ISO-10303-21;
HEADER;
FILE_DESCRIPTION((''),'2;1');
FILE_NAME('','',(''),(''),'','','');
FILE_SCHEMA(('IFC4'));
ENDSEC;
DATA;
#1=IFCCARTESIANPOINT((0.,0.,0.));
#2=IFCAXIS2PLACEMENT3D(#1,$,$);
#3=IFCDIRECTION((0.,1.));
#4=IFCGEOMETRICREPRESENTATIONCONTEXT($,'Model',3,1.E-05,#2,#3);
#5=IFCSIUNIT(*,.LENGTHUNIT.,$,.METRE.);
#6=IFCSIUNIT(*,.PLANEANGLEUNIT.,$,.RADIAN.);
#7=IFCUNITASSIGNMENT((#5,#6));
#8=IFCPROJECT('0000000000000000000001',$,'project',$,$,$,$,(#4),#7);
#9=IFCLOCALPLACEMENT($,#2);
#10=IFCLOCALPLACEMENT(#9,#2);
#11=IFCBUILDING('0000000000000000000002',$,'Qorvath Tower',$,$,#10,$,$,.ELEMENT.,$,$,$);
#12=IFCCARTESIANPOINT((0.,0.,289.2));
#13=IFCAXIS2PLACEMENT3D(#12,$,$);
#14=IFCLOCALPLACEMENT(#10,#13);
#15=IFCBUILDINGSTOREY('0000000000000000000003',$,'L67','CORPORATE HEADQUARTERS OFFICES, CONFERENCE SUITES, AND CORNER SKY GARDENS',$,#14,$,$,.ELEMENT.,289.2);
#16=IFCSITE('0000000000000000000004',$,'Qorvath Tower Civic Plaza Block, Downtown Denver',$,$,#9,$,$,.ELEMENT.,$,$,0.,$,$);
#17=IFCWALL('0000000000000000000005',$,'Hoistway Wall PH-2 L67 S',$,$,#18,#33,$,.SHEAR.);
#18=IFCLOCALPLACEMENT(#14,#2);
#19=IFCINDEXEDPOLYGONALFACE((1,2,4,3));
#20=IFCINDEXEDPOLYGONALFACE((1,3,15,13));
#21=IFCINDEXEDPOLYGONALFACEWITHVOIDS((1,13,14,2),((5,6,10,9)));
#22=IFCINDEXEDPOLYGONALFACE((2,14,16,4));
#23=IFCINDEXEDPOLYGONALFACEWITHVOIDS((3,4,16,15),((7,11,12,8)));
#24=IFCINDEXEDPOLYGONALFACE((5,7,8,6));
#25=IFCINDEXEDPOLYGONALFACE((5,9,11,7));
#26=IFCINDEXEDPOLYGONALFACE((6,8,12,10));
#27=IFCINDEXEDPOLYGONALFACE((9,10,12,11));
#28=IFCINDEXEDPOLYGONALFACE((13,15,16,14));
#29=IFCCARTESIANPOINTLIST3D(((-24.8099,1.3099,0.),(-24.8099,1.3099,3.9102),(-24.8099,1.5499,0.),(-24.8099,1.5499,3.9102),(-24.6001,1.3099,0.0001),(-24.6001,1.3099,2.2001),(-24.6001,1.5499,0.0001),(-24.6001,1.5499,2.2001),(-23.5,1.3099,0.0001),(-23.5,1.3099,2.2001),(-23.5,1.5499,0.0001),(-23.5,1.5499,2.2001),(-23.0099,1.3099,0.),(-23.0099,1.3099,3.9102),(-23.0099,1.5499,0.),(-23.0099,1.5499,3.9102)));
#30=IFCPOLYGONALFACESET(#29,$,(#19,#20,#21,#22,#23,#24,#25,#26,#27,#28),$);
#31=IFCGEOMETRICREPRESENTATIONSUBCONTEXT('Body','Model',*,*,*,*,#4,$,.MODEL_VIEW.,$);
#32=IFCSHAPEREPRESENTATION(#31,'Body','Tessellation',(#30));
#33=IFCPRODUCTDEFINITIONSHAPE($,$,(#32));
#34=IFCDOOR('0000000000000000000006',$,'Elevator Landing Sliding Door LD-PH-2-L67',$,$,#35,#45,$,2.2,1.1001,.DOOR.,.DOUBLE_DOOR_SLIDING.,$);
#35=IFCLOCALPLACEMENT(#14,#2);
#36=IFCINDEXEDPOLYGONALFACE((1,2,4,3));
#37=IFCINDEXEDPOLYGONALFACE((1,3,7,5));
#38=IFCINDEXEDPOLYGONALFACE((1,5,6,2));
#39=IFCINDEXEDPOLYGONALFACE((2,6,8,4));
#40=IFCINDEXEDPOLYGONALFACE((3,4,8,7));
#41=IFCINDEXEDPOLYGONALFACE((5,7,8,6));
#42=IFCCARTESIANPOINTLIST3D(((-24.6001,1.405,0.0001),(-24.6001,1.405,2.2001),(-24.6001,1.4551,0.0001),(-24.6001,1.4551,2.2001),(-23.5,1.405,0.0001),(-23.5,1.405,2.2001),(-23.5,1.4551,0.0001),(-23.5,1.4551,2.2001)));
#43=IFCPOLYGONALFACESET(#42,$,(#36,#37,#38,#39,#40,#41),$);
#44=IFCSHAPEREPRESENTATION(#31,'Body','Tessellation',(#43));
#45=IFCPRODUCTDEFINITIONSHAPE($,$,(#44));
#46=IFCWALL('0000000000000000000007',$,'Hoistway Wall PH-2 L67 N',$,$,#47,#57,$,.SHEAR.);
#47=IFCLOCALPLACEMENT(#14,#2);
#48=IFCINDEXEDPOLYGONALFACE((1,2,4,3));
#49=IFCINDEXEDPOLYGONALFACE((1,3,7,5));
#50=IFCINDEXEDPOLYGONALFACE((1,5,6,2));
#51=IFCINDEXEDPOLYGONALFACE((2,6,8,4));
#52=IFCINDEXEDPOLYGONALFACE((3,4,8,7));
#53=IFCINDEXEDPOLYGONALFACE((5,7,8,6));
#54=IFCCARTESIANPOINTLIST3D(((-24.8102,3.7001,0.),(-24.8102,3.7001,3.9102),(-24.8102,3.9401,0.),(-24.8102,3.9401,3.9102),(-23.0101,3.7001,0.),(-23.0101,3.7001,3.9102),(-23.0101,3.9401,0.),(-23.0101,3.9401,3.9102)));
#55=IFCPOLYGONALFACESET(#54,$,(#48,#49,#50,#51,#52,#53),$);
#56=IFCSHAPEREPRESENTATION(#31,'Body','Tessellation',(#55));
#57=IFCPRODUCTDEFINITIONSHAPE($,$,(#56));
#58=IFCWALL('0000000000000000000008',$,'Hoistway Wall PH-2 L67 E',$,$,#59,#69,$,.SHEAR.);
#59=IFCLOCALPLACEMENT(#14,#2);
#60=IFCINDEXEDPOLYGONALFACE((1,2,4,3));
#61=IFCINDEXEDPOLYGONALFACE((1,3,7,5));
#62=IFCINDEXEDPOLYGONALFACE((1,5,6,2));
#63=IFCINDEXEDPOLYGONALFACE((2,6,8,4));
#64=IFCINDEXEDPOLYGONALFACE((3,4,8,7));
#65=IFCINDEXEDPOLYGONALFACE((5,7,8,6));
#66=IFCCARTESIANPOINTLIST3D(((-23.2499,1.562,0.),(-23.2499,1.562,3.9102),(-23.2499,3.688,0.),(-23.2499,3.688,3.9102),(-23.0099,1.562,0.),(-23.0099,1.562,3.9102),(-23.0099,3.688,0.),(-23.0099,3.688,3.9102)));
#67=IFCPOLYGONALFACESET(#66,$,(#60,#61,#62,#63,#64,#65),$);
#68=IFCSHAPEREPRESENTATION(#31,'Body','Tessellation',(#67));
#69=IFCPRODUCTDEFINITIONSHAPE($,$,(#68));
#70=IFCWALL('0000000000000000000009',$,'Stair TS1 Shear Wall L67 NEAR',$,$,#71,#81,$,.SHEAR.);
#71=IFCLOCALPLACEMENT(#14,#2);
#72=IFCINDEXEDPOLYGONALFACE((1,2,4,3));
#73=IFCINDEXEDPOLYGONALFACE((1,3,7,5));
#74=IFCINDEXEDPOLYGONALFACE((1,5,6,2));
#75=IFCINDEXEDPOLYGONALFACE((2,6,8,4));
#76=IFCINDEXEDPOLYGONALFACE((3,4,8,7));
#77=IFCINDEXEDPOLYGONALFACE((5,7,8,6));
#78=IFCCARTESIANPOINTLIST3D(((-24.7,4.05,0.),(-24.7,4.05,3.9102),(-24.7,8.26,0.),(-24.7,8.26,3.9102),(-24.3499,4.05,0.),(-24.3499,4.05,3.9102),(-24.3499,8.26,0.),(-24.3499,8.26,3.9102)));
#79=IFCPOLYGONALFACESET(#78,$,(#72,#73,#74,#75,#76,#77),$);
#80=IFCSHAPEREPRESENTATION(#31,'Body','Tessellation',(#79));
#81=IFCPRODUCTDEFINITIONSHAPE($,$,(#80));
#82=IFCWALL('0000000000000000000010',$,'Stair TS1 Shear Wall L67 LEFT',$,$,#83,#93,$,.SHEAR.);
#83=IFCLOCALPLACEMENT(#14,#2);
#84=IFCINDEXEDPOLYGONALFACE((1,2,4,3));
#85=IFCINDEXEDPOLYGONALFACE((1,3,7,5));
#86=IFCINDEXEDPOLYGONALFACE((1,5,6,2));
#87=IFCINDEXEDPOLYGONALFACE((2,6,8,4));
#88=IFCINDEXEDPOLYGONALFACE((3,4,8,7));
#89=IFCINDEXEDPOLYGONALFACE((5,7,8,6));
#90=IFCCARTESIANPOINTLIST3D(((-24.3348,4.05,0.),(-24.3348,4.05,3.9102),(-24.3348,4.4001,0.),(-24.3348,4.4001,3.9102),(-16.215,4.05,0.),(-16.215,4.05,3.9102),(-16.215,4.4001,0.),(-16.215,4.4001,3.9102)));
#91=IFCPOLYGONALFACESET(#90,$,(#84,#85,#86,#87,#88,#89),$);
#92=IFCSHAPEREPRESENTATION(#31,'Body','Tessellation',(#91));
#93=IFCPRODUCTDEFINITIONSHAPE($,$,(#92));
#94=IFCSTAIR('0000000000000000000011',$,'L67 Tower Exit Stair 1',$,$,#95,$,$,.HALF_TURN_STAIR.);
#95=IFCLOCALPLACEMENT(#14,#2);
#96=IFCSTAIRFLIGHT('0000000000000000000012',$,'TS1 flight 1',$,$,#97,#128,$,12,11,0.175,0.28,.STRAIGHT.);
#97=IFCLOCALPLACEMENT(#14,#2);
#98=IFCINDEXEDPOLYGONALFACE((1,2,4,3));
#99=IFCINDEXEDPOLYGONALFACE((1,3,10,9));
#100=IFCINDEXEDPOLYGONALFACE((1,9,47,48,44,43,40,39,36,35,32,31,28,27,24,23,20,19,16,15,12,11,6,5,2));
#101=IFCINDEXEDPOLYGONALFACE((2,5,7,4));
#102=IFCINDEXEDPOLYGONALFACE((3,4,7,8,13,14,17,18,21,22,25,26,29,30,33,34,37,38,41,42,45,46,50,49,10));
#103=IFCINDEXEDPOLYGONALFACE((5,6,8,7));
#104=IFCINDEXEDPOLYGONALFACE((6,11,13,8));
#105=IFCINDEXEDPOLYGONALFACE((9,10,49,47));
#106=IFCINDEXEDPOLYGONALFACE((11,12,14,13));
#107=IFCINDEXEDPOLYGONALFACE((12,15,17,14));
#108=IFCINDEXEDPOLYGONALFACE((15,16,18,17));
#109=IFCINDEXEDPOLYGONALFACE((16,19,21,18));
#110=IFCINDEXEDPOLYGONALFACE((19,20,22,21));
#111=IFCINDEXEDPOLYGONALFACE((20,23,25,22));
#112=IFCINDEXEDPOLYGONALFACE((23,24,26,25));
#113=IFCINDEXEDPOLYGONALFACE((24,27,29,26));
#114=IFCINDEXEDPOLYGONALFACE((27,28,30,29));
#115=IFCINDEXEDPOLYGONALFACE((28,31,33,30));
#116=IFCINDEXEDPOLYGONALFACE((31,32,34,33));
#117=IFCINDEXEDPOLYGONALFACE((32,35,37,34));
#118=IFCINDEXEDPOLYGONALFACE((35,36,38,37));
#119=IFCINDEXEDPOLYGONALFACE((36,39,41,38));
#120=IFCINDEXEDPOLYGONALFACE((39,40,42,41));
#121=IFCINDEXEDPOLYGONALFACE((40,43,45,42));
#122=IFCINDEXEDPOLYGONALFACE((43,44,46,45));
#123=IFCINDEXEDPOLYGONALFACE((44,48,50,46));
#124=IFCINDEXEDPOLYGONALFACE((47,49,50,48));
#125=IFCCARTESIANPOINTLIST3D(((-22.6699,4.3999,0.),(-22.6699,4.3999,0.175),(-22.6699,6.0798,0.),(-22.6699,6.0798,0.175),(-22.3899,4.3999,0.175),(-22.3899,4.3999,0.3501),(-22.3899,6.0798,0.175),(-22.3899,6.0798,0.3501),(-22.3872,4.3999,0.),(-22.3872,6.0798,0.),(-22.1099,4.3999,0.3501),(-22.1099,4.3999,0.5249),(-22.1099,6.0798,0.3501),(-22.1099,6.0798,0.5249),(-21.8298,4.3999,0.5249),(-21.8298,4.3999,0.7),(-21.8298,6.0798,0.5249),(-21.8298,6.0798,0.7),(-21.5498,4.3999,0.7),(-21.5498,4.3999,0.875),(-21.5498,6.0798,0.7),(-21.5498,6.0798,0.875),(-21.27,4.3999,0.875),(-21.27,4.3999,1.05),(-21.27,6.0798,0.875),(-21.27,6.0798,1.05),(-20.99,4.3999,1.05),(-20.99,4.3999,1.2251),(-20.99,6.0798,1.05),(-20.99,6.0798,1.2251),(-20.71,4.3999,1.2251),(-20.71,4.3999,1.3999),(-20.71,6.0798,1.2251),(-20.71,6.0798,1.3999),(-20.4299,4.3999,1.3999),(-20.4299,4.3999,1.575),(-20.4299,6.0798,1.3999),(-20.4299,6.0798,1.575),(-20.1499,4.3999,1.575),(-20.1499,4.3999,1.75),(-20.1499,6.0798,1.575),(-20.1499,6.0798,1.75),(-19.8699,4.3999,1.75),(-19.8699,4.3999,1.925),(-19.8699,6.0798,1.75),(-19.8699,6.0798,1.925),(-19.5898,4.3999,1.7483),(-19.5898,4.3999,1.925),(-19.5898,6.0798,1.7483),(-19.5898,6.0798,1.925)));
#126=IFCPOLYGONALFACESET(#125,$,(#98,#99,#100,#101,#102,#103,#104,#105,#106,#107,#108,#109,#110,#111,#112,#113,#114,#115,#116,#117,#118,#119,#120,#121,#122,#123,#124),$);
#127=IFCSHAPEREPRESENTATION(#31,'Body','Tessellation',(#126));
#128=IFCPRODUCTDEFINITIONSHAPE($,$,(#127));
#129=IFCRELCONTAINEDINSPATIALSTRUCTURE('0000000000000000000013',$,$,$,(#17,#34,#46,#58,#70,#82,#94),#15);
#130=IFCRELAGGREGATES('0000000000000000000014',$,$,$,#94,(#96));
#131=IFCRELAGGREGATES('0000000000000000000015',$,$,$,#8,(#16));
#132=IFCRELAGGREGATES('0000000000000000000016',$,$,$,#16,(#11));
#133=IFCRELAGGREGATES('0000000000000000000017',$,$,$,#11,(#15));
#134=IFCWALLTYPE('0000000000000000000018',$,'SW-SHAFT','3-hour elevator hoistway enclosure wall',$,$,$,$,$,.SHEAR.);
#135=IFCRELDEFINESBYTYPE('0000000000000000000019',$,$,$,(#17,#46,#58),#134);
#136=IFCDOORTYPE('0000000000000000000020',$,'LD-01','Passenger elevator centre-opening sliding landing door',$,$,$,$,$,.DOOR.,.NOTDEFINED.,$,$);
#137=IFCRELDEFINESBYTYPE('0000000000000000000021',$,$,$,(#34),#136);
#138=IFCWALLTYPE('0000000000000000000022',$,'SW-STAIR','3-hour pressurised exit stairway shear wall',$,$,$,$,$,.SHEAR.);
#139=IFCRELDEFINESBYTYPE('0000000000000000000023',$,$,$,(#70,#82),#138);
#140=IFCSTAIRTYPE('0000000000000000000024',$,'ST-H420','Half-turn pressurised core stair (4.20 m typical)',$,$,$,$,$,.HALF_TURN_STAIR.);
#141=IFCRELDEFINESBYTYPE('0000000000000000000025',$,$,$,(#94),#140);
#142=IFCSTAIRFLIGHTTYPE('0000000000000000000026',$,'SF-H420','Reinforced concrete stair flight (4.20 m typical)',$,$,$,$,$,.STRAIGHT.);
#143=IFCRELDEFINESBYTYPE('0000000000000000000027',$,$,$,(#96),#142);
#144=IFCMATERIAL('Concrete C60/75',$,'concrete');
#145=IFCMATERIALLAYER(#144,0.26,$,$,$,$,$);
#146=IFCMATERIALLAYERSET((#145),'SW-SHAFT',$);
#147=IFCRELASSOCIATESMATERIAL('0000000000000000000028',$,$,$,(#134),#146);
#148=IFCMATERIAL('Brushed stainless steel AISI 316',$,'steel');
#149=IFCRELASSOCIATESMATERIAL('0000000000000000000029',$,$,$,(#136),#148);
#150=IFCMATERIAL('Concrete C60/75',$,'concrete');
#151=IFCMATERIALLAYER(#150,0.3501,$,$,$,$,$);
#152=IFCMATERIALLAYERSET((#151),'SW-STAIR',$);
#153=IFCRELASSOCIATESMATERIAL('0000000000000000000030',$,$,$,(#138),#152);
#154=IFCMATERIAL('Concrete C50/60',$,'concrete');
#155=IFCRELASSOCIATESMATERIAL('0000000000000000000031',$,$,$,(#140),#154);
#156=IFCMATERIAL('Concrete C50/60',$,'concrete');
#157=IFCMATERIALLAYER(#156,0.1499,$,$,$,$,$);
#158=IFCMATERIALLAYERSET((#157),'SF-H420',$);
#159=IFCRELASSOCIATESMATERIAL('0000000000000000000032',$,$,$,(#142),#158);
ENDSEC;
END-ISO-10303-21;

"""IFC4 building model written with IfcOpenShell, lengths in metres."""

from ifc_helpers import new_model, si_unit, direction, frame, frame_2d, origin, place, context, subcontext, project, spatial, polyline, rectangle, outline, extrude, material, layer, layer_set, type_object, element, fill, aggregate, save


model = new_model("IFC4")

# Units and contexts
model_context = context("Model", 3, precision=1e-05, world=origin(), true_north=direction((0.0, 1.0)))
body_context = subcontext(model_context, "Body", "Model", "MODEL_VIEW")
ifc_project = project(units=[si_unit("LENGTHUNIT", "METRE"), si_unit("PLANEANGLEUNIT", "RADIAN")], contexts=[model_context])

# Site, building, storey
site_placement = place(None, origin())
site = spatial("IfcSite", under=ifc_project, at=site_placement, Name="Qorvath Tower Civic Plaza Block, Downtown Denver", CompositionType="ELEMENT", RefElevation=0.0)
building_placement = place(site_placement, origin())
building = spatial("IfcBuilding", under=site, at=building_placement, Name="Qorvath Tower", CompositionType="ELEMENT")
storey_placement = place(building_placement, frame((0.0, 0.0, 289.2)))
storey = spatial("IfcBuildingStorey", under=building, at=storey_placement, Name="L67", Description="CORPORATE HEADQUARTERS OFFICES, CONFERENCE SUITES, AND CORNER SKY GARDENS", CompositionType="ELEMENT", Elevation=289.2)

# Shared definitions
ifc_material_1 = material(Name="Concrete C60/75", Category="concrete")
ifc_layer_1 = layer(ifc_material_1, 0.26)
ifc_layer_set_1 = layer_set([ifc_layer_1], Name="SW-SHAFT")
wall_type_1 = type_object("IfcWallType", Name="SW-SHAFT", Description="3-hour elevator hoistway enclosure wall", PredefinedType="SHEAR", material=ifc_layer_set_1)

# Shared definitions
ifc_material_2 = material(Name="Brushed stainless steel AISI 316", Category="steel")
door_type_1 = type_object("IfcDoorType", Name="LD-01", Description="Passenger elevator centre-opening sliding landing door", OperationType="NOTDEFINED", PredefinedType="DOOR", material=ifc_material_2)

# Wall, opening, door
wall_1_placement = place(storey_placement, frame((-23.01, 1.4299, 0.0), z_axis=(0.0, 0.0, 1.0), x_axis=(-1.0, 0.0, 0.0)))
wall_1 = element("IfcWall", 1, at=wall_1_placement, inside=storey, type_object=wall_type_1, Name="Hoistway Wall PH-2 L67 S", PredefinedType="SHEAR", context=body_context, shape_type="SweptSolid", body=[
    extrude(rectangle(XDim=1.8, YDim=0.24, at=frame_2d((0.8999, 0.0))), origin(), (0.0, 0.0, 1.0), 3.9102),
])
opening_1_placement = place(wall_1_placement, frame((0.49, 0.0, 0.0)))
opening_1 = element("IfcOpeningElement", 2, at=opening_1_placement, cuts=wall_1, PredefinedType="OPENING", context=body_context, shape_type="SweptSolid", body=[
    extrude(rectangle(XDim=1.1001, YDim=2.2, at=frame_2d((0.55, 1.1001))), frame((0.0, 0.1299, 0.0), z_axis=(0.0, -1.0, 0.0), x_axis=(1.0, 0.0, 0.0)), (0.0, 0.0, 1.0), 0.26),
])
door_1_placement = place(opening_1_placement, origin())
door_1 = element("IfcDoor", 3, at=door_1_placement, inside=storey, type_object=door_type_1, Name="Elevator Landing Sliding Door LD-PH-2-L67", OperationType="DOUBLE_DOOR_SLIDING", OverallHeight=2.2, OverallWidth=1.1001, PredefinedType="DOOR", context=body_context, shape_type="SweptSolid", body=[
    extrude(rectangle(XDim=1.1001, YDim=2.2, at=frame_2d((0.55, 1.1001))), frame((0.0, 0.0249, 0.0), z_axis=(0.0, -1.0, 0.0), x_axis=(1.0, 0.0, 0.0)), (0.0, 0.0, 1.0), 0.05),
])
fill(opening_1, door_1)

# Walls
wall_2_placement = place(storey_placement, frame((-24.8101, 3.8201, 0.0), z_axis=(0.0, 0.0, 1.0), x_axis=(1.0, 0.0, 0.0)))
element("IfcWall", 4, at=wall_2_placement, inside=storey, type_object=wall_type_1, Name="Hoistway Wall PH-2 L67 N", PredefinedType="SHEAR", context=body_context, shape_type="SweptSolid", body=[
    extrude(rectangle(XDim=1.8, YDim=0.24, at=frame_2d((0.8999, 0.0))), origin(), (0.0, 0.0, 1.0), 3.9102),
])
wall_3_placement = place(storey_placement, frame((-23.1299, 3.688, 0.0), z_axis=(0.0, 0.0, 1.0), x_axis=(0.0, -1.0, 0.0)))
element("IfcWall", 5, at=wall_3_placement, inside=storey, type_object=wall_type_1, Name="Hoistway Wall PH-2 L67 E", PredefinedType="SHEAR", context=body_context, shape_type="SweptSolid", body=[
    extrude(rectangle(XDim=2.126, YDim=0.24, at=frame_2d((1.063, 0.0))), origin(), (0.0, 0.0, 1.0), 3.9102),
])
ifc_material_3 = material(Name="Concrete C60/75", Category="concrete")
ifc_layer_2 = layer(ifc_material_3, 0.3501)
ifc_layer_set_2 = layer_set([ifc_layer_2], Name="SW-STAIR")
wall_type_2 = type_object("IfcWallType", Name="SW-STAIR", Description="3-hour pressurised exit stairway shear wall", PredefinedType="SHEAR", material=ifc_layer_set_2)
wall_4_placement = place(storey_placement, frame((-24.5249, 8.26, 0.0), z_axis=(0.0, 0.0, 1.0), x_axis=(0.0, -1.0, 0.0)))
element("IfcWall", 6, at=wall_4_placement, inside=storey, type_object=wall_type_2, Name="Stair TS1 Shear Wall L67 NEAR", PredefinedType="SHEAR", context=body_context, shape_type="SweptSolid", body=[
    extrude(rectangle(XDim=4.21, YDim=0.3501, at=frame_2d((2.105, 0.0))), origin(), (0.0, 0.0, 1.0), 3.9102),
])
wall_5_placement = place(storey_placement, frame((-24.335, 4.2251, 0.0), z_axis=(0.0, 0.0, 1.0), x_axis=(1.0, 0.0, 0.0)))
element("IfcWall", 7, at=wall_5_placement, inside=storey, type_object=wall_type_2, Name="Stair TS1 Shear Wall L67 LEFT", PredefinedType="SHEAR", context=body_context, shape_type="SweptSolid", body=[
    extrude(rectangle(XDim=8.1199, YDim=0.3501, at=frame_2d((4.0601, 0.0))), origin(), (0.0, 0.0, 1.0), 3.9102),
])

# Stair, stair flight
ifc_material_4 = material(Name="Concrete C50/60", Category="concrete")
stair_type = type_object("IfcStairType", Name="ST-H420", Description="Half-turn pressurised core stair (4.20 m typical)", PredefinedType="HALF_TURN_STAIR", material=ifc_material_4)
stair_placement = place(storey_placement, origin())
stair = element("IfcStair", 8, at=stair_placement, inside=storey, type_object=stair_type, Name="L67 Tower Exit Stair 1", PredefinedType="HALF_TURN_STAIR")
ifc_material_5 = material(Name="Concrete C50/60", Category="concrete")
ifc_layer_3 = layer(ifc_material_5, 0.1499)
ifc_layer_set_3 = layer_set([ifc_layer_3], Name="SF-H420")
stair_flight_type = type_object("IfcStairFlightType", Name="SF-H420", Description="Reinforced concrete stair flight (4.20 m typical)", PredefinedType="STRAIGHT", material=ifc_layer_set_3)
stair_flight_placement = place(storey_placement, frame((-22.6699, 5.24, 0.0), z_axis=(0.0, 0.0, 1.0), x_axis=(1.0, 0.0, 0.0)))
stair_flight = element("IfcStairFlight", 9, at=stair_flight_placement, type_object=stair_flight_type, Name="TS1 flight 1", NumberOfRisers=12, NumberOfTreads=11, PredefinedType="STRAIGHT", RiserHeight=0.175, TreadLength=0.28, context=body_context, shape_type="SweptSolid", body=[
    extrude(outline(polyline([(0.0, 0.0), (0.0, 0.175), (0.28, 0.175), (0.28, 0.3501), (0.5601, 0.3501), (0.5601, 0.5249), (0.8401, 0.5249), (0.8401, 0.7), (1.1201, 0.7), (1.1201, 0.875), (1.3999, 0.875), (1.3999, 1.05), (1.6799, 1.05), (1.6799, 1.2251), (1.96, 1.2251), (1.96, 1.3999), (2.24, 1.3999), (2.24, 1.575), (2.52, 1.575), (2.52, 1.75), (2.8, 1.75), (2.8, 1.925), (3.0801, 1.925), (3.0801, 2.1001), (3.0801, 1.7483), (0.2827, 0.0), (0.0, 0.0)])), frame((0.0, 0.8398, 0.0), z_axis=(0.0, -1.0, 0.0), x_axis=(1.0, 0.0, 0.0)), (0.0, 0.0, 1.0), 1.6799),
])
aggregate(stair, [stair_flight])

save(model, "model.ifc")
